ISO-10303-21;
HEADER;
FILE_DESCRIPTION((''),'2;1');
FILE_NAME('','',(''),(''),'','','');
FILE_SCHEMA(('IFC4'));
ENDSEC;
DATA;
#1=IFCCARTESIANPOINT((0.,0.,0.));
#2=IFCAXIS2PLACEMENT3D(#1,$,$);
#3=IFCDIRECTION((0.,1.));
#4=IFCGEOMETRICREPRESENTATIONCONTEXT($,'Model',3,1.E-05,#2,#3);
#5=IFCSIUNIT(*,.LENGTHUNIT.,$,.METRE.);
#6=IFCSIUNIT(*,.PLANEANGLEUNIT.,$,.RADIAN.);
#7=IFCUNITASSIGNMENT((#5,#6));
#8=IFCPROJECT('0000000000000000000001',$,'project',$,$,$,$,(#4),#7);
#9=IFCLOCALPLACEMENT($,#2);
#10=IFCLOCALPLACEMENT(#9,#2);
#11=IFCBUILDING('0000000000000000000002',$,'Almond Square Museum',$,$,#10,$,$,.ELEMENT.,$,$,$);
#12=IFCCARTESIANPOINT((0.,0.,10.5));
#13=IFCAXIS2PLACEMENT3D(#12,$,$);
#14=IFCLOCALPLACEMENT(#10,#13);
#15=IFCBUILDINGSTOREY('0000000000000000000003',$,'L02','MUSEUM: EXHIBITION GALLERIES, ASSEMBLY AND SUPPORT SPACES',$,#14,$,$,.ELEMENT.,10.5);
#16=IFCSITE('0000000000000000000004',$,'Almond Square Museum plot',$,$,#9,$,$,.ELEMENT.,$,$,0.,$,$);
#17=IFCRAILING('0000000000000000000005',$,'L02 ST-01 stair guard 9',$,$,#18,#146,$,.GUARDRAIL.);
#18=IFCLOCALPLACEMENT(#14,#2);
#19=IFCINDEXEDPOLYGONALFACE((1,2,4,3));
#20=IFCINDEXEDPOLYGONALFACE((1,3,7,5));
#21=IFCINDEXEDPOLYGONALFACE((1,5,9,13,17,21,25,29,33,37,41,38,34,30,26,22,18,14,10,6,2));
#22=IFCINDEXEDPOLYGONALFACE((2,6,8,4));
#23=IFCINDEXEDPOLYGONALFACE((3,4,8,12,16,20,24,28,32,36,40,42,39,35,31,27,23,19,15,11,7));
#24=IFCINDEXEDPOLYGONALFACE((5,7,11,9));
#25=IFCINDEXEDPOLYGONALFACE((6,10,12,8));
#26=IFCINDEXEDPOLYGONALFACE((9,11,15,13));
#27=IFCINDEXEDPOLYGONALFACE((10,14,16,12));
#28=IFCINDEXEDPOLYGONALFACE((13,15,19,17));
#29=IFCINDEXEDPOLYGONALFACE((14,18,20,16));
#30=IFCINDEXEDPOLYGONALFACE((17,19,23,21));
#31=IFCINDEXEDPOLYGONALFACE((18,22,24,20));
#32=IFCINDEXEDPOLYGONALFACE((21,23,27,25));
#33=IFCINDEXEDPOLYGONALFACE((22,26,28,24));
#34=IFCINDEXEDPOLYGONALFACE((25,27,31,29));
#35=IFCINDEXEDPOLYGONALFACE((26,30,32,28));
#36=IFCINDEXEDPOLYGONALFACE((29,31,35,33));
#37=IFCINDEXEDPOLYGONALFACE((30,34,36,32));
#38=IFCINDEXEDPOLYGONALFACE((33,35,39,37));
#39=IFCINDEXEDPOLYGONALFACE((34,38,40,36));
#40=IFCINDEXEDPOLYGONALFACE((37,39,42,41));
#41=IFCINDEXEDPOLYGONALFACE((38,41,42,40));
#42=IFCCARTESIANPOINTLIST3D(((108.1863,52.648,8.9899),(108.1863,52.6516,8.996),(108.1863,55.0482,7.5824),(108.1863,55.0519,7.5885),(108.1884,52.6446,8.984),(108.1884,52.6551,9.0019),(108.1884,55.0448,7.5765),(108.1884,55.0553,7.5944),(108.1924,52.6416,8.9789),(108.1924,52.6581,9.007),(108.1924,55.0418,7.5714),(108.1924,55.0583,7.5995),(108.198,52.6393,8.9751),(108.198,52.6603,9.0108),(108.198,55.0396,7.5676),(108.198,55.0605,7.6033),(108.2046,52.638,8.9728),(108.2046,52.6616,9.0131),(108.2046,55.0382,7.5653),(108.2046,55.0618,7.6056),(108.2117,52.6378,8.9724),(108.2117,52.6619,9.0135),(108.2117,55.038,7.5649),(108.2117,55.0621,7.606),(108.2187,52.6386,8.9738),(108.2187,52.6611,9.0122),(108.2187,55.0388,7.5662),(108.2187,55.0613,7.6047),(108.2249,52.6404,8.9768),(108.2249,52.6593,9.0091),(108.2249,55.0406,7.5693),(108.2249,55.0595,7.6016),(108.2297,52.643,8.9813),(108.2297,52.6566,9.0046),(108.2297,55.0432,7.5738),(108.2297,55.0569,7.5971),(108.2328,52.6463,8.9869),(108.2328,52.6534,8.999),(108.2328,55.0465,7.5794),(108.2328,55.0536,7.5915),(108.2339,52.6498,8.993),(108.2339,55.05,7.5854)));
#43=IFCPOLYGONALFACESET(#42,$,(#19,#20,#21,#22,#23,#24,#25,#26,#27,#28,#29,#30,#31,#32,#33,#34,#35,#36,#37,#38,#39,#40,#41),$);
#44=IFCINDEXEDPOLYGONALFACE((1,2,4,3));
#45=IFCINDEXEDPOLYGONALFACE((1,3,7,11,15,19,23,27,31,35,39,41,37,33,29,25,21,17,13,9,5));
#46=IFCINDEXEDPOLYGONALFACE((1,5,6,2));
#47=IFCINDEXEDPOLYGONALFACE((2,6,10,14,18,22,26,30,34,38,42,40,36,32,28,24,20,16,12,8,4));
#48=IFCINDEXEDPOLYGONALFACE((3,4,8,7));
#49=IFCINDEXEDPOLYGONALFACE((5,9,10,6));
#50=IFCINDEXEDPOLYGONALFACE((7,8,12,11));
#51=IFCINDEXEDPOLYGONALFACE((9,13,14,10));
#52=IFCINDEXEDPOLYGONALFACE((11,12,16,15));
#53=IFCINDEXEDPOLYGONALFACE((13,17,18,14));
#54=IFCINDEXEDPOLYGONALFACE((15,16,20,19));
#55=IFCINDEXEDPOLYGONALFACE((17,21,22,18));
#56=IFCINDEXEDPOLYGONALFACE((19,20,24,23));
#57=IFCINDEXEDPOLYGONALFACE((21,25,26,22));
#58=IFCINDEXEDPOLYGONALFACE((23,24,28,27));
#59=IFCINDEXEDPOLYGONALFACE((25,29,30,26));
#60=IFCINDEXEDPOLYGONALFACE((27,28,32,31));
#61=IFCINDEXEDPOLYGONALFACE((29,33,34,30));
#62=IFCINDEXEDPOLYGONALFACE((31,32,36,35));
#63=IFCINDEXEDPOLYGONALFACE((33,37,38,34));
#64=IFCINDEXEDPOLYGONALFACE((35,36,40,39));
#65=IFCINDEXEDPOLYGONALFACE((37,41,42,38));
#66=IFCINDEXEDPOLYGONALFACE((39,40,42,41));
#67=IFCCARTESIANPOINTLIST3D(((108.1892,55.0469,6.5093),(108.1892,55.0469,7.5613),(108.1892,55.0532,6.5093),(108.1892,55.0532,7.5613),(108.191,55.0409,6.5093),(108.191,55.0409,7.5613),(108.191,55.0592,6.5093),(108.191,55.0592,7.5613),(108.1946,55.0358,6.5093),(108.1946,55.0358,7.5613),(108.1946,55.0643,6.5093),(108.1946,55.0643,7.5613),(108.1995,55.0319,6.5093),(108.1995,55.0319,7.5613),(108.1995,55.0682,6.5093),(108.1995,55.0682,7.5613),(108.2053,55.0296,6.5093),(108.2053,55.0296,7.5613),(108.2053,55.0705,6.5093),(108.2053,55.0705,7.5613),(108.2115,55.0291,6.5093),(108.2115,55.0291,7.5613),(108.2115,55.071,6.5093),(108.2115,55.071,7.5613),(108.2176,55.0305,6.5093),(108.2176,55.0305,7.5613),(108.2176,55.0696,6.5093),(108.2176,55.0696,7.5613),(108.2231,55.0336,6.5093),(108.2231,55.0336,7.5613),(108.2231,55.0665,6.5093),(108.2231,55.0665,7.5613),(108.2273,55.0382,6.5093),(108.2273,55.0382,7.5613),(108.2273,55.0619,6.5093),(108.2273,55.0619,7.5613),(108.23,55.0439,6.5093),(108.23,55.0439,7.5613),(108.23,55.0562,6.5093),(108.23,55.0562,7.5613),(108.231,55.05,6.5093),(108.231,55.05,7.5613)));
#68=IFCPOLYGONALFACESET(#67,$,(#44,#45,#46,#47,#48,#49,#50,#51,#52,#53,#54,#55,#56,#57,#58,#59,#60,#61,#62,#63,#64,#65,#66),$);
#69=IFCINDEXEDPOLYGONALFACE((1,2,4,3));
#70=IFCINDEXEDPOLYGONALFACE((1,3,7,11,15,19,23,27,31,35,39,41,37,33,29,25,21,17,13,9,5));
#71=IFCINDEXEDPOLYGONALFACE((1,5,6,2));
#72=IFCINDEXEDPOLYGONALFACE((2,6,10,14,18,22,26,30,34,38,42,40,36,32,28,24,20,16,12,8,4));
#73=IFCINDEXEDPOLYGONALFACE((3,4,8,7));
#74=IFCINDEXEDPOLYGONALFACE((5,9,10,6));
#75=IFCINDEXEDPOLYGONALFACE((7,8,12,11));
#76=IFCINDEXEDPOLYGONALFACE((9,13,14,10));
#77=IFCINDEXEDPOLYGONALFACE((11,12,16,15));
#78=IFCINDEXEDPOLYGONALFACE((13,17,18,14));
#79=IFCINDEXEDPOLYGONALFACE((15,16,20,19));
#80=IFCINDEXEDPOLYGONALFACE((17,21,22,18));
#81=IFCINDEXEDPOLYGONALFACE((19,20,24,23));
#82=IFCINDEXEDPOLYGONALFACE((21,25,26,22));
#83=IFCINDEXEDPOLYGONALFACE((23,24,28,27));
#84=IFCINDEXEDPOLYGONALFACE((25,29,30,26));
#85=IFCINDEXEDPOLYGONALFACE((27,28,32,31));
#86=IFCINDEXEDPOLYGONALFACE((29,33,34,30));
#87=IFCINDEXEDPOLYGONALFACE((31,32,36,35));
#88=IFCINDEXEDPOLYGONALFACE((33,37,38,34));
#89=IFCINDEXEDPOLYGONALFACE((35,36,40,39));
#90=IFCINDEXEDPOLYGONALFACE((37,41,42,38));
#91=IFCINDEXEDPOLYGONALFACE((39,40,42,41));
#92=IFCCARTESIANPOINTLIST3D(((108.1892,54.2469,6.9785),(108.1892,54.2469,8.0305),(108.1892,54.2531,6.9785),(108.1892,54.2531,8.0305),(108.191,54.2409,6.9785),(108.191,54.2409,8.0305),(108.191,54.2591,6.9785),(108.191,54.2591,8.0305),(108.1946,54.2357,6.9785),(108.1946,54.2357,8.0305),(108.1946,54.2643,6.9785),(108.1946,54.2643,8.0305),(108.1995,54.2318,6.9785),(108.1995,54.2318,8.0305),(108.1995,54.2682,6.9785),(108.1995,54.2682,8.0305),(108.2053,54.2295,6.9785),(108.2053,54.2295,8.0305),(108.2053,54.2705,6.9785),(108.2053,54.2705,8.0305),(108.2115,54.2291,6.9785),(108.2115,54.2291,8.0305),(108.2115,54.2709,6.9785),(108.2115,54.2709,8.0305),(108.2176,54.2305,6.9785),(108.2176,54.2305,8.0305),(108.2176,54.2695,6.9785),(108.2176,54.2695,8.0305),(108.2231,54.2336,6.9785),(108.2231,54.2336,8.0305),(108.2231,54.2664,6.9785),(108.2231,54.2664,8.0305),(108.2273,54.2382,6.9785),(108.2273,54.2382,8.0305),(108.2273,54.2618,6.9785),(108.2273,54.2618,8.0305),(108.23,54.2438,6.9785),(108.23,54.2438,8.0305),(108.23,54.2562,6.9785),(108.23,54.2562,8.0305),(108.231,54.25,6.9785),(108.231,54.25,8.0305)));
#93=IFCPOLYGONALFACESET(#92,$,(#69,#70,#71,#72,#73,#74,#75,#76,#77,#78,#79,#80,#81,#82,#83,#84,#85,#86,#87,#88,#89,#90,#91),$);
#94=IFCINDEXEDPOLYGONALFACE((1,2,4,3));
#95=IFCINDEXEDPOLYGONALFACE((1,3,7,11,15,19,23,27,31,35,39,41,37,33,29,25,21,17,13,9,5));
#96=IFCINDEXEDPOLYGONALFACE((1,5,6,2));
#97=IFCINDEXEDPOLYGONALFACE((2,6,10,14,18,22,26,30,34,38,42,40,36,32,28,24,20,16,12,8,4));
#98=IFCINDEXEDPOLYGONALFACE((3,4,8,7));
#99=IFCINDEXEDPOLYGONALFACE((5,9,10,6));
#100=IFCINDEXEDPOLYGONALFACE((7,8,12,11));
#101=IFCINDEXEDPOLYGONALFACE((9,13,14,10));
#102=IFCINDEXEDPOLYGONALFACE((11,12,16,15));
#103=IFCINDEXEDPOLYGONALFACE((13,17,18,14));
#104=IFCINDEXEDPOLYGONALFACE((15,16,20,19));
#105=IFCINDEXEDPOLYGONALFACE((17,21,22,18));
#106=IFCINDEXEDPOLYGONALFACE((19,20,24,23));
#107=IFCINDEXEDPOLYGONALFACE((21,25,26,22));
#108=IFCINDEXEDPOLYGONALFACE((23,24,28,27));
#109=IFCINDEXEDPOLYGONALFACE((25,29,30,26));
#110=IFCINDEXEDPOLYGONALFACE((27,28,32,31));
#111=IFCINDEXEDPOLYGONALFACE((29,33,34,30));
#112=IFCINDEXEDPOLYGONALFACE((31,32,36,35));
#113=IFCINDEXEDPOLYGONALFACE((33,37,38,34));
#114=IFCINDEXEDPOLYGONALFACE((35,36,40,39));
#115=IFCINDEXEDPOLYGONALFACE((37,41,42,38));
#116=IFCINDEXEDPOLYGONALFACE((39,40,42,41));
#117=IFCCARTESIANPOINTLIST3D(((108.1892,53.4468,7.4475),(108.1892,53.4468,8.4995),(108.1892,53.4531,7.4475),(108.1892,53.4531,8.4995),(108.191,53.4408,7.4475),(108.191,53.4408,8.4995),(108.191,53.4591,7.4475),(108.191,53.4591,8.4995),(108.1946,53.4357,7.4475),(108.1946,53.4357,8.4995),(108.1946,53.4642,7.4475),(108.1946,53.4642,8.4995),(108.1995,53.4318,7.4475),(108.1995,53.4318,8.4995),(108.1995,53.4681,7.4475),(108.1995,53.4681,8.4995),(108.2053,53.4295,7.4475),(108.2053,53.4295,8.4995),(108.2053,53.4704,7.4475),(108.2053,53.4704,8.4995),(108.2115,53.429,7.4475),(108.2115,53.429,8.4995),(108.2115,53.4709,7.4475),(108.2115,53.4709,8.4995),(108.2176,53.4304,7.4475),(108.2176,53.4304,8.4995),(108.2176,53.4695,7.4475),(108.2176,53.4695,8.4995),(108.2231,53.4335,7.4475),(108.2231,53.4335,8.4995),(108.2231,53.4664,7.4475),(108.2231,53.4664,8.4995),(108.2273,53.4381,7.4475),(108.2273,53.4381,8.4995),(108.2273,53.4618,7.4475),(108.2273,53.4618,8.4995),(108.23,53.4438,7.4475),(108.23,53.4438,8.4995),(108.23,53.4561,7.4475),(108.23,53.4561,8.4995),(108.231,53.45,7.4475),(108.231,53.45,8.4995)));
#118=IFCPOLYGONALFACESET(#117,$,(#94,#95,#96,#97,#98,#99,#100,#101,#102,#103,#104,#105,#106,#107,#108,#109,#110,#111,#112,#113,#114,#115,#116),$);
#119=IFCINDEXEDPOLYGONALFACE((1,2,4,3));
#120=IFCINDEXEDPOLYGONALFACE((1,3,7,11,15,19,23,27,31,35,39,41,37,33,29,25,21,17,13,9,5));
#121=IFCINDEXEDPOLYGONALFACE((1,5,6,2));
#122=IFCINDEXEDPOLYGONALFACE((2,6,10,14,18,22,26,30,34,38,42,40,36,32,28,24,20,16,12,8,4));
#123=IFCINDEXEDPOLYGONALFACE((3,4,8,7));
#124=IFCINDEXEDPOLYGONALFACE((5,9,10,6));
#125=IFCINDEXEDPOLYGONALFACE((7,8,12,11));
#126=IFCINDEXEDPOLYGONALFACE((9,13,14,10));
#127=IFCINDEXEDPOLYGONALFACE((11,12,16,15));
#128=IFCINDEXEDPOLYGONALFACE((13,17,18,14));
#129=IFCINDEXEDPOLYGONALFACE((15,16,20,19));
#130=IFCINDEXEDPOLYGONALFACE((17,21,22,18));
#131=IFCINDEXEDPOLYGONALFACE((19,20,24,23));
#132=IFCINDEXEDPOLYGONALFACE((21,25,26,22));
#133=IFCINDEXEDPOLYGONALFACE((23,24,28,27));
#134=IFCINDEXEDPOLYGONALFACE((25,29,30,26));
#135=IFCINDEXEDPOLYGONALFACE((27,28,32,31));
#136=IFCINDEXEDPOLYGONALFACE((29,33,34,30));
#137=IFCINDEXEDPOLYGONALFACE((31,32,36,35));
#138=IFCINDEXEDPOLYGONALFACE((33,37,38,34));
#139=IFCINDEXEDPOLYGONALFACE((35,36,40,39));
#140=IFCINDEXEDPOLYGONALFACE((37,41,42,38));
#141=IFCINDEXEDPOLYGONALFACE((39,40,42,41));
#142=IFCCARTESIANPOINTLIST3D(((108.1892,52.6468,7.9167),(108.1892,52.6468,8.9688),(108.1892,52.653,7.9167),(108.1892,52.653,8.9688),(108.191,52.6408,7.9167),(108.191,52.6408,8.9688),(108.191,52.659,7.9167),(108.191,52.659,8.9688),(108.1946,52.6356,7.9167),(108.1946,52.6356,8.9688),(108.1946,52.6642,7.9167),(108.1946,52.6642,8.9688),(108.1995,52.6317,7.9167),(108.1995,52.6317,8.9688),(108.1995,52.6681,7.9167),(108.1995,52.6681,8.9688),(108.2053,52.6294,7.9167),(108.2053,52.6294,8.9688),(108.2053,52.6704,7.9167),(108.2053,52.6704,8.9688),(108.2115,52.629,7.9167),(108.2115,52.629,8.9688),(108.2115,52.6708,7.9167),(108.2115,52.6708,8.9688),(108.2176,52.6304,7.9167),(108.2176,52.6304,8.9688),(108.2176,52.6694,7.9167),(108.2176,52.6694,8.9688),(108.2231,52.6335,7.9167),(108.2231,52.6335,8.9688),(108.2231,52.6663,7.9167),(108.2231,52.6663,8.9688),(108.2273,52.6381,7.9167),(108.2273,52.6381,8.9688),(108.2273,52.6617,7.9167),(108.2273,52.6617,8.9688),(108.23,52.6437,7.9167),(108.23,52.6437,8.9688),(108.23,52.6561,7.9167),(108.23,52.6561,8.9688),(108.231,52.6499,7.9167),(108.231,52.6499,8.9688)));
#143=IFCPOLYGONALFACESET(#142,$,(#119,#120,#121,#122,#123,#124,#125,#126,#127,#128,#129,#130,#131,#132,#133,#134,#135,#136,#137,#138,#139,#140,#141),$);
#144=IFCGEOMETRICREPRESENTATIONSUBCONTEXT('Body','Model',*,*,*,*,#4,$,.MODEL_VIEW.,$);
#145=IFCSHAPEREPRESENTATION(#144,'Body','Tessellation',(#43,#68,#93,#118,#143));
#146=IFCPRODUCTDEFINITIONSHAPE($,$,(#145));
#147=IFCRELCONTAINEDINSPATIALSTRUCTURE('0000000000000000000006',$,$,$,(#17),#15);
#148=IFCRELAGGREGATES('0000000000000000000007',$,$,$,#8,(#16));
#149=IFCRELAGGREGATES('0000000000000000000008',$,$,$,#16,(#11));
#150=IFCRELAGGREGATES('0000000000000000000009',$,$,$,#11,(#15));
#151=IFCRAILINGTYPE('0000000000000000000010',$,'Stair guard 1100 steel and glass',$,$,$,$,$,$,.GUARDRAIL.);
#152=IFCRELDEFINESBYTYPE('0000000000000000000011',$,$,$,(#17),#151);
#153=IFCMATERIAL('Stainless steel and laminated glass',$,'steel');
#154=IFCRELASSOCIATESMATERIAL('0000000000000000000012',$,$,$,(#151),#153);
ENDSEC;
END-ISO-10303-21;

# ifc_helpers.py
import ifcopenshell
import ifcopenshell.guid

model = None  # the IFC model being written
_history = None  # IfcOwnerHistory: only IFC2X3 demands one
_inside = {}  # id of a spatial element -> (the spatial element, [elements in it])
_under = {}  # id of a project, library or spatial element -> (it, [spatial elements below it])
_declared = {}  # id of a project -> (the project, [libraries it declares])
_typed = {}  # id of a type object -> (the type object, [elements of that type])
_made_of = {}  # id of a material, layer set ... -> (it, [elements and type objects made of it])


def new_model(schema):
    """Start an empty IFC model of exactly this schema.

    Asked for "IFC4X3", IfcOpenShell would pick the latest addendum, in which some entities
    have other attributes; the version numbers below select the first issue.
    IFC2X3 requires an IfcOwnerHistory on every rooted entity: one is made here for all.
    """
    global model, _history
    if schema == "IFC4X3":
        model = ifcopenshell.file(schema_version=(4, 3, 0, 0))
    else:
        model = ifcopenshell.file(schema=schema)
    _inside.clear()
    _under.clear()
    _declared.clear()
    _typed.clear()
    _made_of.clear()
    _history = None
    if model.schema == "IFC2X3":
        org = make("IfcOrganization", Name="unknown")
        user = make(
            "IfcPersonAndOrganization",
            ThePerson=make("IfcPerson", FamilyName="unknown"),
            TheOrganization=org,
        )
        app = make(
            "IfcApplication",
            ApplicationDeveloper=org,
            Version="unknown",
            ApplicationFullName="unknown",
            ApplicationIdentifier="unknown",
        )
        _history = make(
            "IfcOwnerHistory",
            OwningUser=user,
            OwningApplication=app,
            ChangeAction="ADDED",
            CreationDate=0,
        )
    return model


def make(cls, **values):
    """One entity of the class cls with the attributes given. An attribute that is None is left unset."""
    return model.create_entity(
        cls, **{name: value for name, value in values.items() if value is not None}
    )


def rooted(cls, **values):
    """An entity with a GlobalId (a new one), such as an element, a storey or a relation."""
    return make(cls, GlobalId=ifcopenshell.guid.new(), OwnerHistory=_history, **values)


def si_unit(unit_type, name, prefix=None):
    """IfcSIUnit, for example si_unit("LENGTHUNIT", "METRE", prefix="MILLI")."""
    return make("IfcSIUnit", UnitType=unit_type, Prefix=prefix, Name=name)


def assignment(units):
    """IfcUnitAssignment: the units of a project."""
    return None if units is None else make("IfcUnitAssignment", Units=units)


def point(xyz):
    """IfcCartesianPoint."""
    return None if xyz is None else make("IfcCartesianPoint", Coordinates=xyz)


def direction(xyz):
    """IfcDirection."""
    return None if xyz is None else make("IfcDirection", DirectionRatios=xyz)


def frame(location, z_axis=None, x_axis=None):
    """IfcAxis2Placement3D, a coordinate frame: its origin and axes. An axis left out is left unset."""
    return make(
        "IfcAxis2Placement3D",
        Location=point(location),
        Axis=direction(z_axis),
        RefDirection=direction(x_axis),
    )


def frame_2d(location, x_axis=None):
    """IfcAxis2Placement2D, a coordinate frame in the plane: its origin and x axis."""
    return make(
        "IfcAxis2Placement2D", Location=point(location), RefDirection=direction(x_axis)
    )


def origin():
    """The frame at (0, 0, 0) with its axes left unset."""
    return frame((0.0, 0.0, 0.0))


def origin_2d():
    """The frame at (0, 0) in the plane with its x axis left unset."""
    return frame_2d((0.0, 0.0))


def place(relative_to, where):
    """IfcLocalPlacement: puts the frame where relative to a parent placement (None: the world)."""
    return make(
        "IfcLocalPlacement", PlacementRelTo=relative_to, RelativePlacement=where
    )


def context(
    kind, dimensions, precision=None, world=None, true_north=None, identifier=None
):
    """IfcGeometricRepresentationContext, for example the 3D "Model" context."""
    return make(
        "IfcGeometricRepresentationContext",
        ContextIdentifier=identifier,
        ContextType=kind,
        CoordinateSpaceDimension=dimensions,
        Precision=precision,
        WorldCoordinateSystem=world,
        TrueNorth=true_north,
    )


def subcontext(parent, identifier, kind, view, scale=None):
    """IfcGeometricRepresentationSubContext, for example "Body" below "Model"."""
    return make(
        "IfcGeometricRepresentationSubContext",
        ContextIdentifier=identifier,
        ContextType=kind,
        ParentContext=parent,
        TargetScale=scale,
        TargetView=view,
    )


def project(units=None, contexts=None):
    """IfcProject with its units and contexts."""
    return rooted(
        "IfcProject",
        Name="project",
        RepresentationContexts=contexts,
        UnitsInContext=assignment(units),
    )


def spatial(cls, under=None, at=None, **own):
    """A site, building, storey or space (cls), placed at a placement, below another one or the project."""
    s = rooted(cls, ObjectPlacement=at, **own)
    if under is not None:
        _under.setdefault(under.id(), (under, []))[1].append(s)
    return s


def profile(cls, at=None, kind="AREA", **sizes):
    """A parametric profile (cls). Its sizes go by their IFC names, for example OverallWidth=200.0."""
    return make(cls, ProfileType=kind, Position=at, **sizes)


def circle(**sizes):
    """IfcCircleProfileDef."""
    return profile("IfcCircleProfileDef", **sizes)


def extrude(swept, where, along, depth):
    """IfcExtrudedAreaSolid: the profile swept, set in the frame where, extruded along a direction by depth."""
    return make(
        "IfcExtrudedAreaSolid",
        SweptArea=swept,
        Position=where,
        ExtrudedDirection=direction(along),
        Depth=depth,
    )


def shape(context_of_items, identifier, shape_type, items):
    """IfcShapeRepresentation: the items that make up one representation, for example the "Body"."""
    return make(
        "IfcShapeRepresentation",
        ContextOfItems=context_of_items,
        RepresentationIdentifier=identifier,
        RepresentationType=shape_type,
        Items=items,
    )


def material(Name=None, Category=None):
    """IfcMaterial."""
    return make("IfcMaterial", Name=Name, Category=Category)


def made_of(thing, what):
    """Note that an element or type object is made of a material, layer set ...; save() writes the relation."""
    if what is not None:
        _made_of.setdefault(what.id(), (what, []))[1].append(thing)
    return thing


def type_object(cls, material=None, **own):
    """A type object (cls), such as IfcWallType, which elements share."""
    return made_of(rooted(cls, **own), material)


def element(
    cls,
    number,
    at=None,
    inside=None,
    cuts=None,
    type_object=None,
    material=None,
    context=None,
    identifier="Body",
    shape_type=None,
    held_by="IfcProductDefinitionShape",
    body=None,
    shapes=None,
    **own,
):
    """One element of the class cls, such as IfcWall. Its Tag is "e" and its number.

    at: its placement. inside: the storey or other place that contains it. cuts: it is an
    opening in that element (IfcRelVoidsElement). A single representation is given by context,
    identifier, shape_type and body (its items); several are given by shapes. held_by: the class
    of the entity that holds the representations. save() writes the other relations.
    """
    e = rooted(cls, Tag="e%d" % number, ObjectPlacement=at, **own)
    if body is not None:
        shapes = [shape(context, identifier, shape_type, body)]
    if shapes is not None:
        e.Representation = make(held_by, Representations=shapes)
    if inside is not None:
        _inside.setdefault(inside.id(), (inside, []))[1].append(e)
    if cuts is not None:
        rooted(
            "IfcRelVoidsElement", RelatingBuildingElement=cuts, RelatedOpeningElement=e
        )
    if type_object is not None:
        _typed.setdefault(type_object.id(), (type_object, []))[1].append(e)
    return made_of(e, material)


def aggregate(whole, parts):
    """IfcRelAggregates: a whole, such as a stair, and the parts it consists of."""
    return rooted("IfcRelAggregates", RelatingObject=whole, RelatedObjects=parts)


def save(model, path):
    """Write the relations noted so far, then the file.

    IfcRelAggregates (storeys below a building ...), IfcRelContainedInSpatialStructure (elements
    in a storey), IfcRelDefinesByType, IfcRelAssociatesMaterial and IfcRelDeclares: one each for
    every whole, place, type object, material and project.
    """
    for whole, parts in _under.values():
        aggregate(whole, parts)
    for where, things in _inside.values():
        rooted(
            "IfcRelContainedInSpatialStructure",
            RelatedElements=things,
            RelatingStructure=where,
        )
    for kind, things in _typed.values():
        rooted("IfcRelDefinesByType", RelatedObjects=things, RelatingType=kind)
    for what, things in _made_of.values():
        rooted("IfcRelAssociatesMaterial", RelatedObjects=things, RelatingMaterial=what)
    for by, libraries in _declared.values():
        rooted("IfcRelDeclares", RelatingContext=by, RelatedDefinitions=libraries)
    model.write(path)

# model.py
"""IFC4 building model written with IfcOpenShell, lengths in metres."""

from ifc_helpers import new_model, si_unit, direction, frame, origin, origin_2d, place, context, subcontext, project, spatial, circle, extrude, material, type_object, element, save


model = new_model("IFC4")

# Units and contexts
model_context = context("Model", 3, precision=1e-05, world=origin(), true_north=direction((0.0, 1.0)))
body_context = subcontext(model_context, "Body", "Model", "MODEL_VIEW")
ifc_project = project(units=[si_unit("LENGTHUNIT", "METRE"), si_unit("PLANEANGLEUNIT", "RADIAN")], contexts=[model_context])

# Site, building, storey
site_placement = place(None, origin())
site = spatial("IfcSite", under=ifc_project, at=site_placement, Name="Almond Square Museum plot", CompositionType="ELEMENT", RefElevation=0.0)
building_placement = place(site_placement, origin())
building = spatial("IfcBuilding", under=site, at=building_placement, Name="Almond Square Museum", CompositionType="ELEMENT")
storey_placement = place(building_placement, frame((0.0, 0.0, 10.5)))
storey = spatial("IfcBuildingStorey", under=building, at=storey_placement, Name="L02", Description="MUSEUM: EXHIBITION GALLERIES, ASSEMBLY AND SUPPORT SPACES", CompositionType="ELEMENT", Elevation=10.5)

# Railing
ifc_material_1 = material(Name="Stainless steel and laminated glass", Category="steel")
railing_type_1 = type_object("IfcRailingType", Name="Stair guard 1100 steel and glass", PredefinedType="GUARDRAIL", material=ifc_material_1)
railing_1_placement = place(storey_placement, frame((108.21, 55.05, 6.5093)))
element("IfcRailing", 1, at=railing_1_placement, inside=storey, type_object=railing_type_1, Name="L02 ST-01 stair guard 9", PredefinedType="GUARDRAIL", context=body_context, shape_type="SweptSolid", body=[
    extrude(circle(Radius=0.0239, at=origin_2d()), frame((0.0, 0.0, 1.0762), z_axis=(0.0, -0.862621, 0.50585), x_axis=(1.0, 0.0, 0.0)), (0.0, 0.0, 1.0), 2.7825),
    extrude(circle(Radius=0.021, at=origin_2d()), origin(), (0.0, 0.0, 1.0), 1.052),
    extrude(circle(Radius=0.021, at=origin_2d()), frame((0.0, -0.8, 0.4692)), (0.0, 0.0, 1.0), 1.052),
    extrude(circle(Radius=0.021, at=origin_2d()), frame((0.0, -1.6001, 0.9382)), (0.0, 0.0, 1.0), 1.052),
    extrude(circle(Radius=0.021, at=origin_2d()), frame((0.0, -2.4001, 1.4075)), (0.0, 0.0, 1.0), 1.052),
])

save(model, "model.ifc")
